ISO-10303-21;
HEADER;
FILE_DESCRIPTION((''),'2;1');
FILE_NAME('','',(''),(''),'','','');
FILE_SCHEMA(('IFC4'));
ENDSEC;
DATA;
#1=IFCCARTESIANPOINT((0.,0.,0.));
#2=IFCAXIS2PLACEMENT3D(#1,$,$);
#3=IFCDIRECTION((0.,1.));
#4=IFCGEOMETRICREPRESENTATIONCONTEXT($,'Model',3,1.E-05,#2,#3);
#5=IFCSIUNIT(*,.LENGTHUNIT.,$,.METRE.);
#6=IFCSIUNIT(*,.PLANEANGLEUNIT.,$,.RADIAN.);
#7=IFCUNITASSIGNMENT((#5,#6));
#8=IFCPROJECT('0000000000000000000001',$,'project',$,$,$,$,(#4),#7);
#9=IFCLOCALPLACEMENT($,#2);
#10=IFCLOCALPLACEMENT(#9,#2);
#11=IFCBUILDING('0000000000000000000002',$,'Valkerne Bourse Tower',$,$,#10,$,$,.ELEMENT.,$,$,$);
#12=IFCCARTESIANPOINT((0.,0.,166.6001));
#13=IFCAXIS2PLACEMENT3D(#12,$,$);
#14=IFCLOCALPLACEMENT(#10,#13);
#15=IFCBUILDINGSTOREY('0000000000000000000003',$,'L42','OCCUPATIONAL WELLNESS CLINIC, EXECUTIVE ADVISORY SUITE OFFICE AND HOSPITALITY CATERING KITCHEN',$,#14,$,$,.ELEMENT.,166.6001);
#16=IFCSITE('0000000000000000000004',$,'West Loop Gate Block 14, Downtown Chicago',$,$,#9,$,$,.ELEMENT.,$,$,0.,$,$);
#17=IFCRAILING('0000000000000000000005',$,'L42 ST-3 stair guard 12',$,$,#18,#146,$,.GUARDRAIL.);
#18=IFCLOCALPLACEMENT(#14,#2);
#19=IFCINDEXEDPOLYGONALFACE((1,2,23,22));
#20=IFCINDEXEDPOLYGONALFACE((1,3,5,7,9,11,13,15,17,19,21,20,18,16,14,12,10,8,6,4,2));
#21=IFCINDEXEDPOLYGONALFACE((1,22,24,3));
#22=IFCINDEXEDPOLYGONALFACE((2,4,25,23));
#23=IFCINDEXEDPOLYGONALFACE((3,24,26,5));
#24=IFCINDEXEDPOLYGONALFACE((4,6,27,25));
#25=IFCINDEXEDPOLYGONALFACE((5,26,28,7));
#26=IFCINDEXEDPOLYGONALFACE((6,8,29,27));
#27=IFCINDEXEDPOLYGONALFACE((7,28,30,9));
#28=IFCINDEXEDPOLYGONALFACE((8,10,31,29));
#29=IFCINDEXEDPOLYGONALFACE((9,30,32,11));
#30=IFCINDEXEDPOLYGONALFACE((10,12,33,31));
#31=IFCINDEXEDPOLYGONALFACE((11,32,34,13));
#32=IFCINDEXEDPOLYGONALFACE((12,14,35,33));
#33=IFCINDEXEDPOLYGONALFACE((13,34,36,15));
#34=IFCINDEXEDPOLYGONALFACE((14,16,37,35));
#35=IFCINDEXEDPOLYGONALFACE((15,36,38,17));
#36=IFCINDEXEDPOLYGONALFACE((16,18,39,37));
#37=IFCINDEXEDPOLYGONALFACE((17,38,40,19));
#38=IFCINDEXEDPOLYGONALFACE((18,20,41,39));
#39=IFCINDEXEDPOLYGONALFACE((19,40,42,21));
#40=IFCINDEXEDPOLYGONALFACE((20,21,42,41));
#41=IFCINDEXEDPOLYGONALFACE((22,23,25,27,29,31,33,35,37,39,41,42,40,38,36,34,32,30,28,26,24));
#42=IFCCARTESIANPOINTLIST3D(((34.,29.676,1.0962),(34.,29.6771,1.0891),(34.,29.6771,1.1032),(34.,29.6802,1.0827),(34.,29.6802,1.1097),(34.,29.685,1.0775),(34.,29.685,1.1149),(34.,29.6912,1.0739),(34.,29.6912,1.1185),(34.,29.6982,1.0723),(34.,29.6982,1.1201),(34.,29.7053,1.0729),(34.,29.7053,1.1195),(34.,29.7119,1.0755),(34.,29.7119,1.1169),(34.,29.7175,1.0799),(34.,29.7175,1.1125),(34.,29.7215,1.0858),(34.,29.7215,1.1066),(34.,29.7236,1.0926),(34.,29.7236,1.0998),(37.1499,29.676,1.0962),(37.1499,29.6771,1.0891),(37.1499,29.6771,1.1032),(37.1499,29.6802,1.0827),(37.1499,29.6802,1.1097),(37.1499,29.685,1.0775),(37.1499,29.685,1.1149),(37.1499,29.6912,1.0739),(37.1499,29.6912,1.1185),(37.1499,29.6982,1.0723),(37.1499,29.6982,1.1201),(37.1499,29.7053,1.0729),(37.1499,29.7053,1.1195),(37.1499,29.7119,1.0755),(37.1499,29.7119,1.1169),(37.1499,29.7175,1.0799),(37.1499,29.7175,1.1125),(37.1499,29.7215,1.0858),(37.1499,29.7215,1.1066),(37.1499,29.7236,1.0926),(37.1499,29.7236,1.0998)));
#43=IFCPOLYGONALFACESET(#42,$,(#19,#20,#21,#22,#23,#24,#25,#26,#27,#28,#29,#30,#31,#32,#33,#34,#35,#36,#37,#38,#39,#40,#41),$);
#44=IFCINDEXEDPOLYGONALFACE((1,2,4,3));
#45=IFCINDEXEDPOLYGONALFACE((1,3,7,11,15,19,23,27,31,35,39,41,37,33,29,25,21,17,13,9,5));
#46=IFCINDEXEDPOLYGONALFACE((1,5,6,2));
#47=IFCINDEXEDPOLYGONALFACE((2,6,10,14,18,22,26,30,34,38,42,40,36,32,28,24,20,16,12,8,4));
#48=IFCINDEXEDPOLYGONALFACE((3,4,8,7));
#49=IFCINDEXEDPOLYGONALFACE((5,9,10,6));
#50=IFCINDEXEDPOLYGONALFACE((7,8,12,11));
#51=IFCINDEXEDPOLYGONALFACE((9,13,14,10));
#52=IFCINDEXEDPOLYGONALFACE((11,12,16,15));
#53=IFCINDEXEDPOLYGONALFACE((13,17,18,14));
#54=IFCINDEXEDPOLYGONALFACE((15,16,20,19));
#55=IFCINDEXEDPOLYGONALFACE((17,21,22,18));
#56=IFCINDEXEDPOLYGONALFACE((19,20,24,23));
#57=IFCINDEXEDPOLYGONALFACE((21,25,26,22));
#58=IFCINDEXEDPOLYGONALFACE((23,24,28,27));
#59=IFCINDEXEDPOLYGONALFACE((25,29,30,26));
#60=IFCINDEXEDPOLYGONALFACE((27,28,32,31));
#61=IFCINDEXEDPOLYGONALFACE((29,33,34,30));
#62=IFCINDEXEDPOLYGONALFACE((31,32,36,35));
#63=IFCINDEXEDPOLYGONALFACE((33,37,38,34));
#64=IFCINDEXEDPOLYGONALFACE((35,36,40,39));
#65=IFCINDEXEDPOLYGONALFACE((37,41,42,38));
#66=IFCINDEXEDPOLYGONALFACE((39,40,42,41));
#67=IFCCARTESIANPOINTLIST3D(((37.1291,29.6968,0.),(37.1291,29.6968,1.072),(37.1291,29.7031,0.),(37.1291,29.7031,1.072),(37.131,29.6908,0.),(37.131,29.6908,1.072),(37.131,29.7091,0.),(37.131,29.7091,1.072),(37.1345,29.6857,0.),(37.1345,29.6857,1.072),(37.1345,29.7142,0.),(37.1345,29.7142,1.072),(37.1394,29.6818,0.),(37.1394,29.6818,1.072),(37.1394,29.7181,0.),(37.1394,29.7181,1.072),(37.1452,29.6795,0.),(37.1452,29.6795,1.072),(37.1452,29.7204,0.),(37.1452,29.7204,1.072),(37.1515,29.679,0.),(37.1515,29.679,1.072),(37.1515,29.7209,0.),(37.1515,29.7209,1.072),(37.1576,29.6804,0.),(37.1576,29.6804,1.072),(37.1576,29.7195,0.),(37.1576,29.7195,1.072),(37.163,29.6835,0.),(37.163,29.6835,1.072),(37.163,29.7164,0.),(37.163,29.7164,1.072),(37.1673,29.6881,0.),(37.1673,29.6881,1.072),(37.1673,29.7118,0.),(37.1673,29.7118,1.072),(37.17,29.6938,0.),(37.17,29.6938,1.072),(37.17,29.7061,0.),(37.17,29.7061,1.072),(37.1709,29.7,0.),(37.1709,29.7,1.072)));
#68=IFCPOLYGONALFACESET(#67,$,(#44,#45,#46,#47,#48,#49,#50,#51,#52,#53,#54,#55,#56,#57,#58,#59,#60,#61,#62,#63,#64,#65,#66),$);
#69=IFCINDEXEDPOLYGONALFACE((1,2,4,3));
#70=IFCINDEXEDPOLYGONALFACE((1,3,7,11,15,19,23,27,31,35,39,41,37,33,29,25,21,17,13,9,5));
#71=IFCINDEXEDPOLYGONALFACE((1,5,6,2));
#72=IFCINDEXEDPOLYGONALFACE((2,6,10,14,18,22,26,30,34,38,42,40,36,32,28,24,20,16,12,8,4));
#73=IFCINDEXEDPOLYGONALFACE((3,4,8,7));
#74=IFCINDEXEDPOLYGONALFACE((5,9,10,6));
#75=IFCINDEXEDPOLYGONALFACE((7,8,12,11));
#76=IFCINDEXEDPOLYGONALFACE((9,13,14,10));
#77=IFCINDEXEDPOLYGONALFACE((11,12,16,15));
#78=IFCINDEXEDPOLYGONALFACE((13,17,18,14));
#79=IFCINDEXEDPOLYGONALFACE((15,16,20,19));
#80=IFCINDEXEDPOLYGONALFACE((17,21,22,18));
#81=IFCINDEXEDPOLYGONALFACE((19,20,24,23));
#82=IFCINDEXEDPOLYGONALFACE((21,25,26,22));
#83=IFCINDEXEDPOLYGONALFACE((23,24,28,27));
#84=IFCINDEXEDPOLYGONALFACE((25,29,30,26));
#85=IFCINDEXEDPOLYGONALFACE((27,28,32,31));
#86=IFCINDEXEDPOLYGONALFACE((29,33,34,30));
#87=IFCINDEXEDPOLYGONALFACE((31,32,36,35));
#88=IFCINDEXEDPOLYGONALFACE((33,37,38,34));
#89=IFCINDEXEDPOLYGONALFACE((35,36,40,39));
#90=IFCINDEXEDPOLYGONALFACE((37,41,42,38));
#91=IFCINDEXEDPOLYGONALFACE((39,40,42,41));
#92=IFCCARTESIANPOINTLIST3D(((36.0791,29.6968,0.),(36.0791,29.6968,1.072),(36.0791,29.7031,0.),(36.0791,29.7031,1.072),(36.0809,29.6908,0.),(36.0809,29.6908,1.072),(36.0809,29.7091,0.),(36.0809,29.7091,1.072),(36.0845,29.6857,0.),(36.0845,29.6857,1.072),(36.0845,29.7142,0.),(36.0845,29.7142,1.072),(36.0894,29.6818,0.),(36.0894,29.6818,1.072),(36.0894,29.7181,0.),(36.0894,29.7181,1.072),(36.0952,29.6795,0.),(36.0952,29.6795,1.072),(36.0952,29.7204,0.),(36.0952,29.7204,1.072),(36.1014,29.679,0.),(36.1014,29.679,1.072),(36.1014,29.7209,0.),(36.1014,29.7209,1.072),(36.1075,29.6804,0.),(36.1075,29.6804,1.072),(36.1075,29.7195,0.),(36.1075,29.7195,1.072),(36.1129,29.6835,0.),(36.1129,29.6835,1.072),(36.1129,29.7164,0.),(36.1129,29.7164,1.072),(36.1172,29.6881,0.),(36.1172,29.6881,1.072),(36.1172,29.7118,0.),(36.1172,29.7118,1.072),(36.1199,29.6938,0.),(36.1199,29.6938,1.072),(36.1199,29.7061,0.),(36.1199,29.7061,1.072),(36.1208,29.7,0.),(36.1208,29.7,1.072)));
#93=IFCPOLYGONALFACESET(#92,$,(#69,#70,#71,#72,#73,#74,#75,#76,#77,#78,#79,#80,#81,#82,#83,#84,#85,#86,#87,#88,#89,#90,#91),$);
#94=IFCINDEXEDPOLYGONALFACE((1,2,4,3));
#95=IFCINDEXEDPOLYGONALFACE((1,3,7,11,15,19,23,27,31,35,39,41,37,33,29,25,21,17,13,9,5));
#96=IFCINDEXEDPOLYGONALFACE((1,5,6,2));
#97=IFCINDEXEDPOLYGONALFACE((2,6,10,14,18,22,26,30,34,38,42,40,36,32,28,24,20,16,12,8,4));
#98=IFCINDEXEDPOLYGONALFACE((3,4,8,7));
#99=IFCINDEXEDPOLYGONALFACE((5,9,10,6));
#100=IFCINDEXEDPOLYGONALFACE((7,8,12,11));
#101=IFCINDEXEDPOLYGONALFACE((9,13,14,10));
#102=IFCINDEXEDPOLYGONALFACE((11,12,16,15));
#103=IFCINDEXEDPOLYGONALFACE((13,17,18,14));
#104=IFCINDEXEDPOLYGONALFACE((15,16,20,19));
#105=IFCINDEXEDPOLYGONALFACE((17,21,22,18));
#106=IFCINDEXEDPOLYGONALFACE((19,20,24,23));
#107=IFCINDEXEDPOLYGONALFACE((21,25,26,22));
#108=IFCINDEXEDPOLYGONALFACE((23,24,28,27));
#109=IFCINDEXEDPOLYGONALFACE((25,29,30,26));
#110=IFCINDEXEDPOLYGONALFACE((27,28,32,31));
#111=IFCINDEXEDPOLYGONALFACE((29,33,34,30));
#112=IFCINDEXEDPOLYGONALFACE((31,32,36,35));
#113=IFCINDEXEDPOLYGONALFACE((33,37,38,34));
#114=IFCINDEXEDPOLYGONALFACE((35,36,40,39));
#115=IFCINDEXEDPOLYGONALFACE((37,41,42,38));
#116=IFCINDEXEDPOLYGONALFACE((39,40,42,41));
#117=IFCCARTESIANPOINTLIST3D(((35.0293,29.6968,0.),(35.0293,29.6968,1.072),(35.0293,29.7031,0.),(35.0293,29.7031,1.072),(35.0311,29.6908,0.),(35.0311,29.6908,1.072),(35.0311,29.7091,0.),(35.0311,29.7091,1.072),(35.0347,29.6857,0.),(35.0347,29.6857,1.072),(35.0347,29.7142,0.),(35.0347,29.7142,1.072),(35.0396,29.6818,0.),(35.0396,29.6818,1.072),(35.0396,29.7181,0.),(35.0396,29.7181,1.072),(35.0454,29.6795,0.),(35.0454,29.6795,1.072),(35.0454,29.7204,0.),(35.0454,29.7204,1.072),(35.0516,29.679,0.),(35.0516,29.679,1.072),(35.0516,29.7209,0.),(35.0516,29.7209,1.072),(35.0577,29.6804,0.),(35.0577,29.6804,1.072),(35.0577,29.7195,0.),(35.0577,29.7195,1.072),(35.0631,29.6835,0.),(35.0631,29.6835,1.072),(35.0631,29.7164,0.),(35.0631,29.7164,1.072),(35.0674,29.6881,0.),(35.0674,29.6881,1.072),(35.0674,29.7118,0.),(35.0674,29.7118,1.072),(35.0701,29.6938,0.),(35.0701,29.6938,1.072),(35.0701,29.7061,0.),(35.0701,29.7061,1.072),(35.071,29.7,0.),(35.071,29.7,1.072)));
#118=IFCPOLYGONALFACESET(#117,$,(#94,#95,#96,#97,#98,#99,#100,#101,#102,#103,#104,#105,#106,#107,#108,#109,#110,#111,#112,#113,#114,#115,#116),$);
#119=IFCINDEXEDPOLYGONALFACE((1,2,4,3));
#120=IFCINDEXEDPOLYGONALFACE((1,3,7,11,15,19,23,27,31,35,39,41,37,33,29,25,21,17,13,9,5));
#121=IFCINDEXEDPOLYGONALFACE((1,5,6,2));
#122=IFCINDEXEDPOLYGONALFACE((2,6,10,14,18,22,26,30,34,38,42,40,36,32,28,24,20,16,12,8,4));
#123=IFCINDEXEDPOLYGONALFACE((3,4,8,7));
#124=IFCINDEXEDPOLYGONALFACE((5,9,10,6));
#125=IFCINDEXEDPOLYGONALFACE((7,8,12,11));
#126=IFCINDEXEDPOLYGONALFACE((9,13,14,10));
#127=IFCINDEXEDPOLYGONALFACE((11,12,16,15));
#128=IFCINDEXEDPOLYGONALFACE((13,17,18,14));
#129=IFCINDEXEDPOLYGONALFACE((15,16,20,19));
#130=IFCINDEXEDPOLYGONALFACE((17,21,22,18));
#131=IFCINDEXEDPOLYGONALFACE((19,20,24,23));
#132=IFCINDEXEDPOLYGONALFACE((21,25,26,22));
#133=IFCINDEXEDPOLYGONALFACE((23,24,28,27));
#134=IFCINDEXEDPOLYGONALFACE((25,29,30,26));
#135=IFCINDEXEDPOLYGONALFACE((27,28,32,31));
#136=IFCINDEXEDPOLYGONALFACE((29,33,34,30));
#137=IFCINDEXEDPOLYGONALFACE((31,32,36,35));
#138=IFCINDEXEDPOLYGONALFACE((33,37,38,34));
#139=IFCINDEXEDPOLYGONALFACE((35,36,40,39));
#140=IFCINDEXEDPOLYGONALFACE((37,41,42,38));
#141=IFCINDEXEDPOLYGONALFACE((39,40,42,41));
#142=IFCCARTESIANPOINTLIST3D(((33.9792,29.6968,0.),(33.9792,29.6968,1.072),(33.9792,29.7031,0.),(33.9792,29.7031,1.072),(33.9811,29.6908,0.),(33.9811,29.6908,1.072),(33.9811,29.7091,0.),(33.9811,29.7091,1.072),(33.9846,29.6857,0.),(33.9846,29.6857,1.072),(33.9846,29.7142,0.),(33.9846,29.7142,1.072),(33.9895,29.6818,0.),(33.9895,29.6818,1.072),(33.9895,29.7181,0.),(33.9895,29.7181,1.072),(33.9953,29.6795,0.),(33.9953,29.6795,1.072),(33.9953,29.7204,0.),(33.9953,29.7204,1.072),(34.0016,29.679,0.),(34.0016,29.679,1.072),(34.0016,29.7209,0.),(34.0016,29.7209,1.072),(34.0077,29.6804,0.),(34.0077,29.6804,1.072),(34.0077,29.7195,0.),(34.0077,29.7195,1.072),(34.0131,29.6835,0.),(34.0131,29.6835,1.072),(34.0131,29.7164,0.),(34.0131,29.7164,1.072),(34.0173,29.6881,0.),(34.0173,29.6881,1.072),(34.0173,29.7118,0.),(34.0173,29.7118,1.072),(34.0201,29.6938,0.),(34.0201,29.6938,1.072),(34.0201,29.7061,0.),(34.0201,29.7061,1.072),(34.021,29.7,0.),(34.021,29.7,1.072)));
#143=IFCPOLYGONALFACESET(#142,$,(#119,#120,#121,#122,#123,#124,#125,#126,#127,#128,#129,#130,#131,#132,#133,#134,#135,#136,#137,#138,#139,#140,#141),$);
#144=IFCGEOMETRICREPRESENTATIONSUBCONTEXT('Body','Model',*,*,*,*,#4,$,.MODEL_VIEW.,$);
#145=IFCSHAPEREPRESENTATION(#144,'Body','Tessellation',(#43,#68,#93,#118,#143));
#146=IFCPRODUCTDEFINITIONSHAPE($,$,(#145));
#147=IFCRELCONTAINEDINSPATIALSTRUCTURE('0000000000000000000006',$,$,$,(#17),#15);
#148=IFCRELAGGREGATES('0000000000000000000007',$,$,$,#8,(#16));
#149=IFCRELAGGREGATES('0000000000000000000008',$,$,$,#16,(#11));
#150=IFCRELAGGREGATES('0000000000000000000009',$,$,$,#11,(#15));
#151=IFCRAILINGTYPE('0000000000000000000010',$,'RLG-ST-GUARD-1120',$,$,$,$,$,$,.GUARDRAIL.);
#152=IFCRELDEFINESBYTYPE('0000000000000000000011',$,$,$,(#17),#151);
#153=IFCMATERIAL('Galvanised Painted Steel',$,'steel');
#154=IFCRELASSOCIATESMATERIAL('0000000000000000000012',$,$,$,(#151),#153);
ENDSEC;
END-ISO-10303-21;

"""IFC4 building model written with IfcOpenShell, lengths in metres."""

from ifc_helpers import new_model, si_unit, direction, frame, origin, origin_2d, place, context, subcontext, project, spatial, circle, extrude, material, type_object, element, save


model = new_model("IFC4")

# Units and contexts
model_context = context("Model", 3, precision=1e-05, world=origin(), true_north=direction((0.0, 1.0)))
body_context = subcontext(model_context, "Body", "Model", "MODEL_VIEW")
ifc_project = project(units=[si_unit("LENGTHUNIT", "METRE"), si_unit("PLANEANGLEUNIT", "RADIAN")], contexts=[model_context])

# Site, building, storey
site_placement = place(None, origin())
site = spatial("IfcSite", under=ifc_project, at=site_placement, Name="West Loop Gate Block 14, Downtown Chicago", CompositionType="ELEMENT", RefElevation=0.0)
building_placement = place(site_placement, origin())
building = spatial("IfcBuilding", under=site, at=building_placement, Name="Valkerne Bourse Tower", CompositionType="ELEMENT")
storey_placement = place(building_placement, frame((0.0, 0.0, 166.6001)))
storey = spatial("IfcBuildingStorey", under=building, at=storey_placement, Name="L42", Description="OCCUPATIONAL WELLNESS CLINIC, EXECUTIVE ADVISORY SUITE OFFICE AND HOSPITALITY CATERING KITCHEN", CompositionType="ELEMENT", Elevation=166.6001)

# Shared definitions
ifc_material_1 = material(Name="Galvanised Painted Steel", Category="steel")

# Railing
railing_type = type_object("IfcRailingType", Name="RLG-ST-GUARD-1120", PredefinedType="GUARDRAIL", material=ifc_material_1)
railing_placement = place(storey_placement, frame((37.1499, 29.7, 0.0)))
element("IfcRailing", 1, at=railing_placement, inside=storey, type_object=railing_type, Name="L42 ST-3 stair guard 12", PredefinedType="GUARDRAIL", context=body_context, shape_type="SweptSolid", body=[
    extrude(circle(Radius=0.0239, at=origin_2d()), frame((0.0, 0.0, 1.0962), z_axis=(-1.0, 0.0, 0.0), x_axis=(0.0, -1.0, 0.0)), (0.0, 0.0, 1.0), 3.1499),
    extrude(circle(Radius=0.021, at=origin_2d()), origin(), (0.0, 0.0, 1.0), 1.072),
    extrude(circle(Radius=0.021, at=origin_2d()), frame((-1.05, 0.0, 0.0)), (0.0, 0.0, 1.0), 1.072),
    extrude(circle(Radius=0.021, at=origin_2d()), frame((-2.0999, 0.0, 0.0)), (0.0, 0.0, 1.0), 1.072),
    extrude(circle(Radius=0.021, at=origin_2d()), frame((-3.1499, 0.0, 0.0)), (0.0, 0.0, 1.0), 1.072),
])

save(model, "model.ifc")
